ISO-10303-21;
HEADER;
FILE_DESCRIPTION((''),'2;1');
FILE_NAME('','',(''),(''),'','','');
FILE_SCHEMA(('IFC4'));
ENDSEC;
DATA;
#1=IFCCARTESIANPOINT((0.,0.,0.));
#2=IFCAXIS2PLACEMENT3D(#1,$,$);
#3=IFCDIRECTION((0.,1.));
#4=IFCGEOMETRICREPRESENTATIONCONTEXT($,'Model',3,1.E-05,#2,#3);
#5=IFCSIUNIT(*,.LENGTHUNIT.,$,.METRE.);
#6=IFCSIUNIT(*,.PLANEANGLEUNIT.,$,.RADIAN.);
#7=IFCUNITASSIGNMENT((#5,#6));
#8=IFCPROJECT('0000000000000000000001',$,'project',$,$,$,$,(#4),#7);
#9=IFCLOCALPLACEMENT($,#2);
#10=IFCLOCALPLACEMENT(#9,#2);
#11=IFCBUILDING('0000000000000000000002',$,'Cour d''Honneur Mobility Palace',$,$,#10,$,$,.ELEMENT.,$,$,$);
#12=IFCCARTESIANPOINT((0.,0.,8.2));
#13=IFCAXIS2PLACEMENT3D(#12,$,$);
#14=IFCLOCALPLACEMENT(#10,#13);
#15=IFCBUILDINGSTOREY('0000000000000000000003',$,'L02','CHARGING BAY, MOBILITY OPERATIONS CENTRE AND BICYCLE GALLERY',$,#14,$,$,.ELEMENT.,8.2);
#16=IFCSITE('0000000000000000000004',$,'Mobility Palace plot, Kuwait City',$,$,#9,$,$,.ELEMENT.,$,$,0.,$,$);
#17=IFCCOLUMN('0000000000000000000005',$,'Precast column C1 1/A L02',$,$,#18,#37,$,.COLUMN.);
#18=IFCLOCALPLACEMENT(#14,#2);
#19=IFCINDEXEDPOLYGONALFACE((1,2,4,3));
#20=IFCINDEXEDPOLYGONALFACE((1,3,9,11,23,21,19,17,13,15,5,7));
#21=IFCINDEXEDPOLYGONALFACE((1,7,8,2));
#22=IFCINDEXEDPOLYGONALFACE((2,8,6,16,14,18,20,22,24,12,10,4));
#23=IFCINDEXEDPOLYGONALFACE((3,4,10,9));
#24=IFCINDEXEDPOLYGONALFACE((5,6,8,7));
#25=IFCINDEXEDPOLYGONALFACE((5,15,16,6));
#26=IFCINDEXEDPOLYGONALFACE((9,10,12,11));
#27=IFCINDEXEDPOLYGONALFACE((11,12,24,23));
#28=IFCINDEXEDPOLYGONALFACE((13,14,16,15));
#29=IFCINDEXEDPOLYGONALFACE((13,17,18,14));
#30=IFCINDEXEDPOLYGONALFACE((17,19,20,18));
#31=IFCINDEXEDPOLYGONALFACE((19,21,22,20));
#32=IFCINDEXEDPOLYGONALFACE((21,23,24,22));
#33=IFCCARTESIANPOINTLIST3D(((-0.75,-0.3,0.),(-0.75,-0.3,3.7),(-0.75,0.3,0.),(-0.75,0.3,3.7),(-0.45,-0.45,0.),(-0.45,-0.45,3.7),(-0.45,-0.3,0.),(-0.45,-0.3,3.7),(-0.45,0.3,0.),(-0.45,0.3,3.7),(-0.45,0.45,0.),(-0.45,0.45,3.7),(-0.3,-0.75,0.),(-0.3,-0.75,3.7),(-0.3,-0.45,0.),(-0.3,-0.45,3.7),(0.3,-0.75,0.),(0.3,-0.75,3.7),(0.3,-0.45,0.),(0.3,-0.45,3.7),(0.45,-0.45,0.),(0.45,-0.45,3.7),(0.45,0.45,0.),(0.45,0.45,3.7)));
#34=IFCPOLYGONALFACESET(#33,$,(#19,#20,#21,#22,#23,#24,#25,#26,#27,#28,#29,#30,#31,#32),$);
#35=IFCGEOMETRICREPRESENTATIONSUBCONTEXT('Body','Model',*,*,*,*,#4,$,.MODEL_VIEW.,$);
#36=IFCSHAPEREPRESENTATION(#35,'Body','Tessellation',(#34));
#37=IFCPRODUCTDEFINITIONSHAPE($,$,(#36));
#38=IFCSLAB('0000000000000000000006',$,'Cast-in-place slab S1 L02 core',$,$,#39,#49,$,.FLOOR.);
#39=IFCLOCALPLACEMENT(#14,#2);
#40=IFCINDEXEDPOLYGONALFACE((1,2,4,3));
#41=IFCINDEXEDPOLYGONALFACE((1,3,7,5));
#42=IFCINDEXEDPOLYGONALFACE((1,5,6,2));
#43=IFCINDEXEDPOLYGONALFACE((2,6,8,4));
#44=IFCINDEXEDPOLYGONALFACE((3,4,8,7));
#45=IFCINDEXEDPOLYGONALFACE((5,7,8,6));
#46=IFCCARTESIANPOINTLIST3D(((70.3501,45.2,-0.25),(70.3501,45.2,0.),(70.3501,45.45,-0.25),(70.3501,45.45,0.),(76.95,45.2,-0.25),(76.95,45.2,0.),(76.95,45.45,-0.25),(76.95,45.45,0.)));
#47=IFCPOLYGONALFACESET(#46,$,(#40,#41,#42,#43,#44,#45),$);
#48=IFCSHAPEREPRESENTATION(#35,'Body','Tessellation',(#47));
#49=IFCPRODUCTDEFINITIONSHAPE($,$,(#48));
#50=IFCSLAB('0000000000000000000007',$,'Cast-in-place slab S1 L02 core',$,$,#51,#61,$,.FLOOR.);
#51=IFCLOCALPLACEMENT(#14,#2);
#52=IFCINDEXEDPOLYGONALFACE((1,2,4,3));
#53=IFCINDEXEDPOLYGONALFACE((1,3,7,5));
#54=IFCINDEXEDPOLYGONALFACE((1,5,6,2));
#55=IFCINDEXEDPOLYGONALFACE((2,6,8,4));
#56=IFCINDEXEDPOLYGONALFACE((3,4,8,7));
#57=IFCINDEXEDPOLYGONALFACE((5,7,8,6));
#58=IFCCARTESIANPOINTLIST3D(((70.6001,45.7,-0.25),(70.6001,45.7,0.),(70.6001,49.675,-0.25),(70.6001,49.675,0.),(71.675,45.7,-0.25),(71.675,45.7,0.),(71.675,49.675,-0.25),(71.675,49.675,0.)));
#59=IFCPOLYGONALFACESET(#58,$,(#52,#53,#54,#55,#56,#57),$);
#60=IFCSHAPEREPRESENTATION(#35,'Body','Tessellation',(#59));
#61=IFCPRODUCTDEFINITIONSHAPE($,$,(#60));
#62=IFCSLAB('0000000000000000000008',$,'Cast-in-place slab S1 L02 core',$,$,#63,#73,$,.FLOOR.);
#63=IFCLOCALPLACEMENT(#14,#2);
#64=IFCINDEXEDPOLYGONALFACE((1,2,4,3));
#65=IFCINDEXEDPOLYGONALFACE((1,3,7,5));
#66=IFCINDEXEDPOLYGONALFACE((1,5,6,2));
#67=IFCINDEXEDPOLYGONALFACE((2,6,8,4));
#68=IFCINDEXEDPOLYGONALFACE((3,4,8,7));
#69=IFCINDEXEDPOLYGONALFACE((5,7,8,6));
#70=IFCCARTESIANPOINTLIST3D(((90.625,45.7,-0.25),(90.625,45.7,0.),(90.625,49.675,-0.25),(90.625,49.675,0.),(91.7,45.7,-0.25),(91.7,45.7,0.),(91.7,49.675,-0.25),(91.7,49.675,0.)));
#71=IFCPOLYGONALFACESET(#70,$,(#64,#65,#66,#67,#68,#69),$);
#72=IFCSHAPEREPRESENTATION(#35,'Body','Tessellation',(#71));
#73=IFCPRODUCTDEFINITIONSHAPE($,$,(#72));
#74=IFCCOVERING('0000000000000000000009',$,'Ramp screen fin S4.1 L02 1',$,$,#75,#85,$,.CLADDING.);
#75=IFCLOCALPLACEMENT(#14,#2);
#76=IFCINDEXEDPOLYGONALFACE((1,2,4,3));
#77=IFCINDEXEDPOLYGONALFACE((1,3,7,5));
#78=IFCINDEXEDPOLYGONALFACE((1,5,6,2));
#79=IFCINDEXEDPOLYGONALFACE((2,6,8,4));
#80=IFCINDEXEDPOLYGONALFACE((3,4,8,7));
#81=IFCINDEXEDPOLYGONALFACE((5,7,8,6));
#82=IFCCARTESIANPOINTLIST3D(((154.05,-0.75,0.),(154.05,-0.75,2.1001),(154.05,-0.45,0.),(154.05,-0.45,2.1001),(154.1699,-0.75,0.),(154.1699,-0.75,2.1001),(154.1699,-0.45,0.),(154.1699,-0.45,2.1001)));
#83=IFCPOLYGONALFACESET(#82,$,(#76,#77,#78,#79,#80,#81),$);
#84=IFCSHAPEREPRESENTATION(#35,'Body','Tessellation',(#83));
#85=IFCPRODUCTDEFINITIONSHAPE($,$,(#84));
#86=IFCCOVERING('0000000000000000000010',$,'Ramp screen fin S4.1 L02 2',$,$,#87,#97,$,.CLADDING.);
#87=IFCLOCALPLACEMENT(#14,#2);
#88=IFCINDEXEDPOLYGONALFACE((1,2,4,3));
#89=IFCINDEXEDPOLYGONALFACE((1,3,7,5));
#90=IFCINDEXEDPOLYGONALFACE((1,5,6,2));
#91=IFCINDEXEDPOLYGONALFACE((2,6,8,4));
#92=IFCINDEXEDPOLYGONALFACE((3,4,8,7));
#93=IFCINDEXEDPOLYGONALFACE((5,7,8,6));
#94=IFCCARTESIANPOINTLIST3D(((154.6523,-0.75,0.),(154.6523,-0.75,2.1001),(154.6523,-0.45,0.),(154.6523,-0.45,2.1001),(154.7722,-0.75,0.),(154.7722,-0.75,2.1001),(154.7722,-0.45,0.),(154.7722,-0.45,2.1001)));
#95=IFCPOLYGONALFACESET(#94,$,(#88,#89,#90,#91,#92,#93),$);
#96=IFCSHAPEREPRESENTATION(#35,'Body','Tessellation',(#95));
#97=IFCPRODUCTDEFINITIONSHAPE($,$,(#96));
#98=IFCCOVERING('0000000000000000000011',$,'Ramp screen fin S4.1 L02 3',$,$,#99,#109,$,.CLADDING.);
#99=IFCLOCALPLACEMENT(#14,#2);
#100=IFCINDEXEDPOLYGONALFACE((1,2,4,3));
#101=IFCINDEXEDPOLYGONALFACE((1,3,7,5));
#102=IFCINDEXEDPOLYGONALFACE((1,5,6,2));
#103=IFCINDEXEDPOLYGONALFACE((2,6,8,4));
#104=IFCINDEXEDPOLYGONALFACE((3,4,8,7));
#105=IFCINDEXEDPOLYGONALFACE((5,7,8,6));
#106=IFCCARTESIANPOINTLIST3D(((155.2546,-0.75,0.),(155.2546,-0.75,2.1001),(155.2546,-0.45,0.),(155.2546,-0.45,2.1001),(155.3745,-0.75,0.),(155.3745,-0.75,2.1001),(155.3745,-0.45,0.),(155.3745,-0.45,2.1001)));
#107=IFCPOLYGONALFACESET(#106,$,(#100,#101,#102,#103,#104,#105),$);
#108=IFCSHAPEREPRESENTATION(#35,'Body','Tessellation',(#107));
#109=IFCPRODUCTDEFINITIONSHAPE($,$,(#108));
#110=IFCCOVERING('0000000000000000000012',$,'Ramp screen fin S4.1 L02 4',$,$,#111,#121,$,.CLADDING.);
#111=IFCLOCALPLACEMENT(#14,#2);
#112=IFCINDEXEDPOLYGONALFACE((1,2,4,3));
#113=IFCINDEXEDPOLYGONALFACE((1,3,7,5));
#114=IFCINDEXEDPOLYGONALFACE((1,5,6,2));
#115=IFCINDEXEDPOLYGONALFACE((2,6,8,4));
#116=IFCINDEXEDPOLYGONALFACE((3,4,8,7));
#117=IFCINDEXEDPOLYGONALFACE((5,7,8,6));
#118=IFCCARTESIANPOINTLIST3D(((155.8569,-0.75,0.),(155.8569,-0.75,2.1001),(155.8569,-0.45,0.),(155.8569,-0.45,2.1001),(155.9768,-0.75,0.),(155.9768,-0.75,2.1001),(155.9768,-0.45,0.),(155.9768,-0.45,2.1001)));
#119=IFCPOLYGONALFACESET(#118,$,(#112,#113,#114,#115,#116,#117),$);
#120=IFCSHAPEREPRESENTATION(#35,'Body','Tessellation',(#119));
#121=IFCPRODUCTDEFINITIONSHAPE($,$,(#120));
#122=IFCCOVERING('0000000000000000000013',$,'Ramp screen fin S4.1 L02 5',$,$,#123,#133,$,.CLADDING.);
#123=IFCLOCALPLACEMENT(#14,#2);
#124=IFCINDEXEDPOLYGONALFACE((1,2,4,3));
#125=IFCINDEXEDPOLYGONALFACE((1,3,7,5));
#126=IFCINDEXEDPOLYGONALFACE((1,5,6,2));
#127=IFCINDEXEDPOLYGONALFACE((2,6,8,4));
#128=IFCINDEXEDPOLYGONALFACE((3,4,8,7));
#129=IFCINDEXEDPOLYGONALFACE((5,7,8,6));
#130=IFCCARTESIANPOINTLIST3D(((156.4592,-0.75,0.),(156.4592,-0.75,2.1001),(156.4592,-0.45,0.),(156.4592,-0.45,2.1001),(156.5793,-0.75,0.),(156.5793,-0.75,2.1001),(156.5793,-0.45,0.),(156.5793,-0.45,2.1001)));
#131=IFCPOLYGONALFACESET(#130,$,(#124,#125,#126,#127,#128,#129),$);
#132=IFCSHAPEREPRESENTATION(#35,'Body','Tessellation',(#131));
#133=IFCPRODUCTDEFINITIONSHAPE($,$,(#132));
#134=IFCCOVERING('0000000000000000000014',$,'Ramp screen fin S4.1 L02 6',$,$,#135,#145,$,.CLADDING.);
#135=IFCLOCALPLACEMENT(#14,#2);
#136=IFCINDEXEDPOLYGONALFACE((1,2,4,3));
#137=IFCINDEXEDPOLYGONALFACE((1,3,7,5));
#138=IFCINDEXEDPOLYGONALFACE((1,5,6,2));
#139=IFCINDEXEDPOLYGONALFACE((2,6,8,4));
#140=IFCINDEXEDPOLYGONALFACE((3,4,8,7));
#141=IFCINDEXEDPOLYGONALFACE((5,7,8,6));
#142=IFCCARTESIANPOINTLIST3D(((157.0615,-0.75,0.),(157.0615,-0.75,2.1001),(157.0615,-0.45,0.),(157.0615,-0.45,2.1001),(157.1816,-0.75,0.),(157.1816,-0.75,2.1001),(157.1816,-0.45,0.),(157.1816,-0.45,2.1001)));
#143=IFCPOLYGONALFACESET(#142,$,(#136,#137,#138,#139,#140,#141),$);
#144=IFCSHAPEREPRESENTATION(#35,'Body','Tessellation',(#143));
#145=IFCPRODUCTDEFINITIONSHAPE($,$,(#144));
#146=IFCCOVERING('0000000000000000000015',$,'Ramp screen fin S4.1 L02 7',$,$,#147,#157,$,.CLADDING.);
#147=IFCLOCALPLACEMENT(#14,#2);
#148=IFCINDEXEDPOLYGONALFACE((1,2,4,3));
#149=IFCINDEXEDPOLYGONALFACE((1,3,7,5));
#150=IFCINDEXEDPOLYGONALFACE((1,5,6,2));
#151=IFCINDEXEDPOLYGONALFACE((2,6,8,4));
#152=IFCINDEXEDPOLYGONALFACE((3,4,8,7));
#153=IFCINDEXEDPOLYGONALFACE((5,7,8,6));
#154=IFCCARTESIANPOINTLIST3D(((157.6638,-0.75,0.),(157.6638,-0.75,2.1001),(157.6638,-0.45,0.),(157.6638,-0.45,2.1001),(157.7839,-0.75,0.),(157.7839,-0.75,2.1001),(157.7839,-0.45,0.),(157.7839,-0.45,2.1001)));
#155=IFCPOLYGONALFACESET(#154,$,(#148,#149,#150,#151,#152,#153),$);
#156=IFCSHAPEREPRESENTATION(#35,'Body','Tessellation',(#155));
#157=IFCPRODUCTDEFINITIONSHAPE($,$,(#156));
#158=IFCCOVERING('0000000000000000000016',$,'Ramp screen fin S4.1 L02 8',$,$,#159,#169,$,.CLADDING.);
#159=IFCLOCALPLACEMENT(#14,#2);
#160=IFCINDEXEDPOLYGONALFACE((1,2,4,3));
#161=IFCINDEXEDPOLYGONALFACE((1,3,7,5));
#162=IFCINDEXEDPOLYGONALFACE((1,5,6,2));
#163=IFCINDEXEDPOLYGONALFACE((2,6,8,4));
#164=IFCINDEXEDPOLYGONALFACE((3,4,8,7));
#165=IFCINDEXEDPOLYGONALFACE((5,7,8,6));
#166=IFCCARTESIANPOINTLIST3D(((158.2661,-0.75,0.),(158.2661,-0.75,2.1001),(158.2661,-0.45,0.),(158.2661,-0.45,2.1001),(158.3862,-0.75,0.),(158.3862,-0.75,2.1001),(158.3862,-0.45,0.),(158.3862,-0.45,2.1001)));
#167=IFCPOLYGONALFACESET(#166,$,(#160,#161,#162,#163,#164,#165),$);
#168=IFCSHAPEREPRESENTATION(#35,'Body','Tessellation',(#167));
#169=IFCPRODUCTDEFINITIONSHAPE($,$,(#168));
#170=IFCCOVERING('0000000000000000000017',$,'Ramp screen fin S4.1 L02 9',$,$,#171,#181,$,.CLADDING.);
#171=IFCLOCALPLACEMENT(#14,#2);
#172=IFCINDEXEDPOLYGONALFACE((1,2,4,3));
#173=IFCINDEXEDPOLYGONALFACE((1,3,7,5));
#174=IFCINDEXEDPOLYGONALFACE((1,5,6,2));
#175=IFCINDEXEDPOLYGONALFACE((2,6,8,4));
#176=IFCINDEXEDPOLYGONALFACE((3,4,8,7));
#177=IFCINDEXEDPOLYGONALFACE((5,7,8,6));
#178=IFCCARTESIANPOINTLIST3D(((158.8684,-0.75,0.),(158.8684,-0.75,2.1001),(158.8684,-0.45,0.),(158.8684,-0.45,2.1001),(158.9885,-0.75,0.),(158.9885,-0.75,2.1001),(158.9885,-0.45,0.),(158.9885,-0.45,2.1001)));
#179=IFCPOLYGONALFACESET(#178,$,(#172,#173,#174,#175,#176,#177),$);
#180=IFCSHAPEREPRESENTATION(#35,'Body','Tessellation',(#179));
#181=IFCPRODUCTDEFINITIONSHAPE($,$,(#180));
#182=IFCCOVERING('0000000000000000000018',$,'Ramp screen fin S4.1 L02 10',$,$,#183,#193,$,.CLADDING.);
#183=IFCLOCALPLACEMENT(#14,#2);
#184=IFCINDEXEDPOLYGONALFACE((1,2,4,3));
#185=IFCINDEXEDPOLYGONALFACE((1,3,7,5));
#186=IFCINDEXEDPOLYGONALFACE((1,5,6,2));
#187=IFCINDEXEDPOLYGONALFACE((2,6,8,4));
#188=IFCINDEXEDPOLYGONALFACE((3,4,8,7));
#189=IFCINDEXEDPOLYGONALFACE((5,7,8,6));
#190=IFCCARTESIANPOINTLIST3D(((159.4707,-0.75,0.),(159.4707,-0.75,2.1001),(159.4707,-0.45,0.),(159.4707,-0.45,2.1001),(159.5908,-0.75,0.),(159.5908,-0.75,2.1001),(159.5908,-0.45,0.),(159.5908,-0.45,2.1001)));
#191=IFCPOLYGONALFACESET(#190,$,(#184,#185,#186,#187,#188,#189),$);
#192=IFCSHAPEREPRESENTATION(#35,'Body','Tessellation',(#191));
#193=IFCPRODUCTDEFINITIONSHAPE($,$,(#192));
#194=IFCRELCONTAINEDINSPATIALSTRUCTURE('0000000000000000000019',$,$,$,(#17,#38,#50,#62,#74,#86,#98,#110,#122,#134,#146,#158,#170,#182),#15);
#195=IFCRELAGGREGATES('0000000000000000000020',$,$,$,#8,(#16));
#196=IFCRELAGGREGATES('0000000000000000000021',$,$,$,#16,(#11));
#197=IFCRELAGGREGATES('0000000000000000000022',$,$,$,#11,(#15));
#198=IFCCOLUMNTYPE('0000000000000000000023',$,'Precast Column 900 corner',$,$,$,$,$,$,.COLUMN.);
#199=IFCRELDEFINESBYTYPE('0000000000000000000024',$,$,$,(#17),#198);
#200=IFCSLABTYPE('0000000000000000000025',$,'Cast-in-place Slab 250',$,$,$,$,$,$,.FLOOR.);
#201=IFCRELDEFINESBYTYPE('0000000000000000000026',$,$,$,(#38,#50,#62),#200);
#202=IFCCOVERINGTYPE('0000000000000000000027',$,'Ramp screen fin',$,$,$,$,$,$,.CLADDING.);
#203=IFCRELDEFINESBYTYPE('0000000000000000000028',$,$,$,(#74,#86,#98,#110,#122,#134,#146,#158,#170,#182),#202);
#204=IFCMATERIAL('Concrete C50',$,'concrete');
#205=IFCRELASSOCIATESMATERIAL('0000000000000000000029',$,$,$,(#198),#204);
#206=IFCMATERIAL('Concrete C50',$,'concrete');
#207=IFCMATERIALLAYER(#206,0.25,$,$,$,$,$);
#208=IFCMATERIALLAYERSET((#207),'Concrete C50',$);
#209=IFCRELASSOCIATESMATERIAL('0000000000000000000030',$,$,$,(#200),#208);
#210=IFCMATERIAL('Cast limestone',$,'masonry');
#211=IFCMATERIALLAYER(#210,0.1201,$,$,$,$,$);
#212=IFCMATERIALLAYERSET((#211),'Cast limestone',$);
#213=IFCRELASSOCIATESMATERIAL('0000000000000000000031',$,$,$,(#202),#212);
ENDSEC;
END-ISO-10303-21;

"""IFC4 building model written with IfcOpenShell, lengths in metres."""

from ifc_helpers import new_model, si_unit, direction, frame, origin, place, context, subcontext, project, spatial, polyline, outline, extrude, material, layer, layer_set, material_profile, profile_set, type_object, element, save


model = new_model("IFC4")

# Units and contexts
model_context = context("Model", 3, precision=1e-05, world=origin(), true_north=direction((0.0, 1.0)))
body_context = subcontext(model_context, "Body", "Model", "MODEL_VIEW")
ifc_project = project(units=[si_unit("LENGTHUNIT", "METRE"), si_unit("PLANEANGLEUNIT", "RADIAN")], contexts=[model_context])

# Site, building, storey
site_placement = place(None, origin())
site = spatial("IfcSite", under=ifc_project, at=site_placement, Name="Mobility Palace plot, Kuwait City", CompositionType="ELEMENT", RefElevation=0.0)
building_placement = place(site_placement, origin())
building = spatial("IfcBuilding", under=site, at=building_placement, Name="Cour d'Honneur Mobility Palace", CompositionType="ELEMENT")
storey_placement = place(building_placement, frame((0.0, 0.0, 8.2)))
storey = spatial("IfcBuildingStorey", under=building, at=storey_placement, Name="L02", Description="CHARGING BAY, MOBILITY OPERATIONS CENTRE AND BICYCLE GALLERY", CompositionType="ELEMENT", Elevation=8.2)

# Column
ifc_material_1 = material(Name="Concrete C50", Category="concrete")
ifc_material_profile = material_profile(ifc_material_1, outline(polyline([(-0.45, -0.45), (0.45, -0.45), (0.45, -0.3), (0.75, -0.3), (0.75, 0.3), (0.45, 0.3), (0.45, 0.45), (0.3, 0.45), (0.3, 0.75), (-0.3, 0.75), (-0.3, 0.45), (-0.45, 0.45), (-0.45, -0.45)])), Name="PC C900 corner")
ifc_profile_set = profile_set([ifc_material_profile], Name="Concrete C50")
column_type = type_object("IfcColumnType", Name="Precast Column 900 corner", PredefinedType="COLUMN", material=ifc_profile_set)
column_placement = place(storey_placement, frame((0.0, 0.0, 0.0), z_axis=(0.0, 0.0, 1.0), x_axis=(-1.0, 0.0, 0.0)))
element("IfcColumn", 1, at=column_placement, inside=storey, type_object=column_type, Name="Precast column C1 1/A L02", PredefinedType="COLUMN", context=body_context, shape_type="SweptSolid", body=[
    extrude(outline(polyline([(-0.45, -0.45), (0.45, -0.45), (0.45, -0.3), (0.75, -0.3), (0.75, 0.3), (0.45, 0.3), (0.45, 0.45), (0.3, 0.45), (0.3, 0.75), (-0.3, 0.75), (-0.3, 0.45), (-0.45, 0.45), (-0.45, -0.45)])), origin(), (0.0, 0.0, 1.0), 3.7),
])

# Slabs
ifc_material_2 = material(Name="Concrete C50", Category="concrete")
ifc_layer_1 = layer(ifc_material_2, 0.25)
ifc_layer_set_1 = layer_set([ifc_layer_1], Name="Concrete C50")
slab_type = type_object("IfcSlabType", Name="Cast-in-place Slab 250", PredefinedType="FLOOR", material=ifc_layer_set_1)
slab_1_placement = place(storey_placement, frame((0.0, 0.0, -0.25)))
element("IfcSlab", 2, at=slab_1_placement, inside=storey, type_object=slab_type, Name="Cast-in-place slab S1 L02 core", PredefinedType="FLOOR", context=body_context, shape_type="SweptSolid", body=[
    extrude(outline(polyline([(70.3501, 45.45), (76.95, 45.45), (76.95, 45.2), (70.3501, 45.2), (70.3501, 45.45)])), origin(), (0.0, 0.0, 1.0), 0.25),
])
slab_2_placement = place(storey_placement, frame((0.0, 0.0, -0.25)))
element("IfcSlab", 3, at=slab_2_placement, inside=storey, type_object=slab_type, Name="Cast-in-place slab S1 L02 core", PredefinedType="FLOOR", context=body_context, shape_type="SweptSolid", body=[
    extrude(outline(polyline([(71.675, 49.675), (71.675, 45.7), (70.6001, 45.7), (70.6001, 49.675), (71.675, 49.675)])), origin(), (0.0, 0.0, 1.0), 0.25),
])
slab_3_placement = place(storey_placement, frame((0.0, 0.0, -0.25)))
element("IfcSlab", 4, at=slab_3_placement, inside=storey, type_object=slab_type, Name="Cast-in-place slab S1 L02 core", PredefinedType="FLOOR", context=body_context, shape_type="SweptSolid", body=[
    extrude(outline(polyline([(91.7, 45.7), (90.625, 45.7), (90.625, 49.675), (91.7, 49.675), (91.7, 45.7)])), origin(), (0.0, 0.0, 1.0), 0.25),
])

# Coverings
ifc_material_3 = material(Name="Cast limestone", Category="masonry")
ifc_layer_2 = layer(ifc_material_3, 0.1201)
ifc_layer_set_2 = layer_set([ifc_layer_2], Name="Cast limestone")
covering_type = type_object("IfcCoveringType", Name="Ramp screen fin", PredefinedType="CLADDING", material=ifc_layer_set_2)
covering_1_placement = place(storey_placement, origin())
element("IfcCovering", 5, at=covering_1_placement, inside=storey, type_object=covering_type, Name="Ramp screen fin S4.1 L02 1", PredefinedType="CLADDING", context=body_context, shape_type="SweptSolid", body=[
    extrude(outline(polyline([(154.05, -0.45), (154.1699, -0.45), (154.1699, -0.75), (154.05, -0.75), (154.05, -0.45)])), origin(), (0.0, 0.0, 1.0), 2.1001),
])
covering_2_placement = place(storey_placement, origin())
element("IfcCovering", 6, at=covering_2_placement, inside=storey, type_object=covering_type, Name="Ramp screen fin S4.1 L02 2", PredefinedType="CLADDING", context=body_context, shape_type="SweptSolid", body=[
    extrude(outline(polyline([(154.6523, -0.45), (154.7722, -0.45), (154.7722, -0.75), (154.6523, -0.75), (154.6523, -0.45)])), origin(), (0.0, 0.0, 1.0), 2.1001),
])
covering_3_placement = place(storey_placement, origin())
element("IfcCovering", 7, at=covering_3_placement, inside=storey, type_object=covering_type, Name="Ramp screen fin S4.1 L02 3", PredefinedType="CLADDING", context=body_context, shape_type="SweptSolid", body=[
    extrude(outline(polyline([(155.2546, -0.45), (155.3745, -0.45), (155.3745, -0.75), (155.2546, -0.75), (155.2546, -0.45)])), origin(), (0.0, 0.0, 1.0), 2.1001),
])
covering_4_placement = place(storey_placement, origin())
element("IfcCovering", 8, at=covering_4_placement, inside=storey, type_object=covering_type, Name="Ramp screen fin S4.1 L02 4", PredefinedType="CLADDING", context=body_context, shape_type="SweptSolid", body=[
    extrude(outline(polyline([(155.8569, -0.45), (155.9768, -0.45), (155.9768, -0.75), (155.8569, -0.75), (155.8569, -0.45)])), origin(), (0.0, 0.0, 1.0), 2.1001),
])
covering_5_placement = place(storey_placement, origin())
element("IfcCovering", 9, at=covering_5_placement, inside=storey, type_object=covering_type, Name="Ramp screen fin S4.1 L02 5", PredefinedType="CLADDING", context=body_context, shape_type="SweptSolid", body=[
    extrude(outline(polyline([(156.4592, -0.45), (156.5793, -0.45), (156.5793, -0.75), (156.4592, -0.75), (156.4592, -0.45)])), origin(), (0.0, 0.0, 1.0), 2.1001),
])
covering_6_placement = place(storey_placement, origin())
element("IfcCovering", 10, at=covering_6_placement, inside=storey, type_object=covering_type, Name="Ramp screen fin S4.1 L02 6", PredefinedType="CLADDING", context=body_context, shape_type="SweptSolid", body=[
    extrude(outline(polyline([(157.0615, -0.45), (157.1816, -0.45), (157.1816, -0.75), (157.0615, -0.75), (157.0615, -0.45)])), origin(), (0.0, 0.0, 1.0), 2.1001),
])
covering_7_placement = place(storey_placement, origin())
element("IfcCovering", 11, at=covering_7_placement, inside=storey, type_object=covering_type, Name="Ramp screen fin S4.1 L02 7", PredefinedType="CLADDING", context=body_context, shape_type="SweptSolid", body=[
    extrude(outline(polyline([(157.6638, -0.45), (157.7839, -0.45), (157.7839, -0.75), (157.6638, -0.75), (157.6638, -0.45)])), origin(), (0.0, 0.0, 1.0), 2.1001),
])
covering_8_placement = place(storey_placement, origin())
element("IfcCovering", 12, at=covering_8_placement, inside=storey, type_object=covering_type, Name="Ramp screen fin S4.1 L02 8", PredefinedType="CLADDING", context=body_context, shape_type="SweptSolid", body=[
    extrude(outline(polyline([(158.2661, -0.45), (158.3862, -0.45), (158.3862, -0.75), (158.2661, -0.75), (158.2661, -0.45)])), origin(), (0.0, 0.0, 1.0), 2.1001),
])
covering_9_placement = place(storey_placement, origin())
element("IfcCovering", 13, at=covering_9_placement, inside=storey, type_object=covering_type, Name="Ramp screen fin S4.1 L02 9", PredefinedType="CLADDING", context=body_context, shape_type="SweptSolid", body=[
    extrude(outline(polyline([(158.8684, -0.45), (158.9885, -0.45), (158.9885, -0.75), (158.8684, -0.75), (158.8684, -0.45)])), origin(), (0.0, 0.0, 1.0), 2.1001),
])
covering_10_placement = place(storey_placement, origin())
element("IfcCovering", 14, at=covering_10_placement, inside=storey, type_object=covering_type, Name="Ramp screen fin S4.1 L02 10", PredefinedType="CLADDING", context=body_context, shape_type="SweptSolid", body=[
    extrude(outline(polyline([(159.4707, -0.45), (159.5908, -0.45), (159.5908, -0.75), (159.4707, -0.75), (159.4707, -0.45)])), origin(), (0.0, 0.0, 1.0), 2.1001),
])

save(model, "model.ifc")
